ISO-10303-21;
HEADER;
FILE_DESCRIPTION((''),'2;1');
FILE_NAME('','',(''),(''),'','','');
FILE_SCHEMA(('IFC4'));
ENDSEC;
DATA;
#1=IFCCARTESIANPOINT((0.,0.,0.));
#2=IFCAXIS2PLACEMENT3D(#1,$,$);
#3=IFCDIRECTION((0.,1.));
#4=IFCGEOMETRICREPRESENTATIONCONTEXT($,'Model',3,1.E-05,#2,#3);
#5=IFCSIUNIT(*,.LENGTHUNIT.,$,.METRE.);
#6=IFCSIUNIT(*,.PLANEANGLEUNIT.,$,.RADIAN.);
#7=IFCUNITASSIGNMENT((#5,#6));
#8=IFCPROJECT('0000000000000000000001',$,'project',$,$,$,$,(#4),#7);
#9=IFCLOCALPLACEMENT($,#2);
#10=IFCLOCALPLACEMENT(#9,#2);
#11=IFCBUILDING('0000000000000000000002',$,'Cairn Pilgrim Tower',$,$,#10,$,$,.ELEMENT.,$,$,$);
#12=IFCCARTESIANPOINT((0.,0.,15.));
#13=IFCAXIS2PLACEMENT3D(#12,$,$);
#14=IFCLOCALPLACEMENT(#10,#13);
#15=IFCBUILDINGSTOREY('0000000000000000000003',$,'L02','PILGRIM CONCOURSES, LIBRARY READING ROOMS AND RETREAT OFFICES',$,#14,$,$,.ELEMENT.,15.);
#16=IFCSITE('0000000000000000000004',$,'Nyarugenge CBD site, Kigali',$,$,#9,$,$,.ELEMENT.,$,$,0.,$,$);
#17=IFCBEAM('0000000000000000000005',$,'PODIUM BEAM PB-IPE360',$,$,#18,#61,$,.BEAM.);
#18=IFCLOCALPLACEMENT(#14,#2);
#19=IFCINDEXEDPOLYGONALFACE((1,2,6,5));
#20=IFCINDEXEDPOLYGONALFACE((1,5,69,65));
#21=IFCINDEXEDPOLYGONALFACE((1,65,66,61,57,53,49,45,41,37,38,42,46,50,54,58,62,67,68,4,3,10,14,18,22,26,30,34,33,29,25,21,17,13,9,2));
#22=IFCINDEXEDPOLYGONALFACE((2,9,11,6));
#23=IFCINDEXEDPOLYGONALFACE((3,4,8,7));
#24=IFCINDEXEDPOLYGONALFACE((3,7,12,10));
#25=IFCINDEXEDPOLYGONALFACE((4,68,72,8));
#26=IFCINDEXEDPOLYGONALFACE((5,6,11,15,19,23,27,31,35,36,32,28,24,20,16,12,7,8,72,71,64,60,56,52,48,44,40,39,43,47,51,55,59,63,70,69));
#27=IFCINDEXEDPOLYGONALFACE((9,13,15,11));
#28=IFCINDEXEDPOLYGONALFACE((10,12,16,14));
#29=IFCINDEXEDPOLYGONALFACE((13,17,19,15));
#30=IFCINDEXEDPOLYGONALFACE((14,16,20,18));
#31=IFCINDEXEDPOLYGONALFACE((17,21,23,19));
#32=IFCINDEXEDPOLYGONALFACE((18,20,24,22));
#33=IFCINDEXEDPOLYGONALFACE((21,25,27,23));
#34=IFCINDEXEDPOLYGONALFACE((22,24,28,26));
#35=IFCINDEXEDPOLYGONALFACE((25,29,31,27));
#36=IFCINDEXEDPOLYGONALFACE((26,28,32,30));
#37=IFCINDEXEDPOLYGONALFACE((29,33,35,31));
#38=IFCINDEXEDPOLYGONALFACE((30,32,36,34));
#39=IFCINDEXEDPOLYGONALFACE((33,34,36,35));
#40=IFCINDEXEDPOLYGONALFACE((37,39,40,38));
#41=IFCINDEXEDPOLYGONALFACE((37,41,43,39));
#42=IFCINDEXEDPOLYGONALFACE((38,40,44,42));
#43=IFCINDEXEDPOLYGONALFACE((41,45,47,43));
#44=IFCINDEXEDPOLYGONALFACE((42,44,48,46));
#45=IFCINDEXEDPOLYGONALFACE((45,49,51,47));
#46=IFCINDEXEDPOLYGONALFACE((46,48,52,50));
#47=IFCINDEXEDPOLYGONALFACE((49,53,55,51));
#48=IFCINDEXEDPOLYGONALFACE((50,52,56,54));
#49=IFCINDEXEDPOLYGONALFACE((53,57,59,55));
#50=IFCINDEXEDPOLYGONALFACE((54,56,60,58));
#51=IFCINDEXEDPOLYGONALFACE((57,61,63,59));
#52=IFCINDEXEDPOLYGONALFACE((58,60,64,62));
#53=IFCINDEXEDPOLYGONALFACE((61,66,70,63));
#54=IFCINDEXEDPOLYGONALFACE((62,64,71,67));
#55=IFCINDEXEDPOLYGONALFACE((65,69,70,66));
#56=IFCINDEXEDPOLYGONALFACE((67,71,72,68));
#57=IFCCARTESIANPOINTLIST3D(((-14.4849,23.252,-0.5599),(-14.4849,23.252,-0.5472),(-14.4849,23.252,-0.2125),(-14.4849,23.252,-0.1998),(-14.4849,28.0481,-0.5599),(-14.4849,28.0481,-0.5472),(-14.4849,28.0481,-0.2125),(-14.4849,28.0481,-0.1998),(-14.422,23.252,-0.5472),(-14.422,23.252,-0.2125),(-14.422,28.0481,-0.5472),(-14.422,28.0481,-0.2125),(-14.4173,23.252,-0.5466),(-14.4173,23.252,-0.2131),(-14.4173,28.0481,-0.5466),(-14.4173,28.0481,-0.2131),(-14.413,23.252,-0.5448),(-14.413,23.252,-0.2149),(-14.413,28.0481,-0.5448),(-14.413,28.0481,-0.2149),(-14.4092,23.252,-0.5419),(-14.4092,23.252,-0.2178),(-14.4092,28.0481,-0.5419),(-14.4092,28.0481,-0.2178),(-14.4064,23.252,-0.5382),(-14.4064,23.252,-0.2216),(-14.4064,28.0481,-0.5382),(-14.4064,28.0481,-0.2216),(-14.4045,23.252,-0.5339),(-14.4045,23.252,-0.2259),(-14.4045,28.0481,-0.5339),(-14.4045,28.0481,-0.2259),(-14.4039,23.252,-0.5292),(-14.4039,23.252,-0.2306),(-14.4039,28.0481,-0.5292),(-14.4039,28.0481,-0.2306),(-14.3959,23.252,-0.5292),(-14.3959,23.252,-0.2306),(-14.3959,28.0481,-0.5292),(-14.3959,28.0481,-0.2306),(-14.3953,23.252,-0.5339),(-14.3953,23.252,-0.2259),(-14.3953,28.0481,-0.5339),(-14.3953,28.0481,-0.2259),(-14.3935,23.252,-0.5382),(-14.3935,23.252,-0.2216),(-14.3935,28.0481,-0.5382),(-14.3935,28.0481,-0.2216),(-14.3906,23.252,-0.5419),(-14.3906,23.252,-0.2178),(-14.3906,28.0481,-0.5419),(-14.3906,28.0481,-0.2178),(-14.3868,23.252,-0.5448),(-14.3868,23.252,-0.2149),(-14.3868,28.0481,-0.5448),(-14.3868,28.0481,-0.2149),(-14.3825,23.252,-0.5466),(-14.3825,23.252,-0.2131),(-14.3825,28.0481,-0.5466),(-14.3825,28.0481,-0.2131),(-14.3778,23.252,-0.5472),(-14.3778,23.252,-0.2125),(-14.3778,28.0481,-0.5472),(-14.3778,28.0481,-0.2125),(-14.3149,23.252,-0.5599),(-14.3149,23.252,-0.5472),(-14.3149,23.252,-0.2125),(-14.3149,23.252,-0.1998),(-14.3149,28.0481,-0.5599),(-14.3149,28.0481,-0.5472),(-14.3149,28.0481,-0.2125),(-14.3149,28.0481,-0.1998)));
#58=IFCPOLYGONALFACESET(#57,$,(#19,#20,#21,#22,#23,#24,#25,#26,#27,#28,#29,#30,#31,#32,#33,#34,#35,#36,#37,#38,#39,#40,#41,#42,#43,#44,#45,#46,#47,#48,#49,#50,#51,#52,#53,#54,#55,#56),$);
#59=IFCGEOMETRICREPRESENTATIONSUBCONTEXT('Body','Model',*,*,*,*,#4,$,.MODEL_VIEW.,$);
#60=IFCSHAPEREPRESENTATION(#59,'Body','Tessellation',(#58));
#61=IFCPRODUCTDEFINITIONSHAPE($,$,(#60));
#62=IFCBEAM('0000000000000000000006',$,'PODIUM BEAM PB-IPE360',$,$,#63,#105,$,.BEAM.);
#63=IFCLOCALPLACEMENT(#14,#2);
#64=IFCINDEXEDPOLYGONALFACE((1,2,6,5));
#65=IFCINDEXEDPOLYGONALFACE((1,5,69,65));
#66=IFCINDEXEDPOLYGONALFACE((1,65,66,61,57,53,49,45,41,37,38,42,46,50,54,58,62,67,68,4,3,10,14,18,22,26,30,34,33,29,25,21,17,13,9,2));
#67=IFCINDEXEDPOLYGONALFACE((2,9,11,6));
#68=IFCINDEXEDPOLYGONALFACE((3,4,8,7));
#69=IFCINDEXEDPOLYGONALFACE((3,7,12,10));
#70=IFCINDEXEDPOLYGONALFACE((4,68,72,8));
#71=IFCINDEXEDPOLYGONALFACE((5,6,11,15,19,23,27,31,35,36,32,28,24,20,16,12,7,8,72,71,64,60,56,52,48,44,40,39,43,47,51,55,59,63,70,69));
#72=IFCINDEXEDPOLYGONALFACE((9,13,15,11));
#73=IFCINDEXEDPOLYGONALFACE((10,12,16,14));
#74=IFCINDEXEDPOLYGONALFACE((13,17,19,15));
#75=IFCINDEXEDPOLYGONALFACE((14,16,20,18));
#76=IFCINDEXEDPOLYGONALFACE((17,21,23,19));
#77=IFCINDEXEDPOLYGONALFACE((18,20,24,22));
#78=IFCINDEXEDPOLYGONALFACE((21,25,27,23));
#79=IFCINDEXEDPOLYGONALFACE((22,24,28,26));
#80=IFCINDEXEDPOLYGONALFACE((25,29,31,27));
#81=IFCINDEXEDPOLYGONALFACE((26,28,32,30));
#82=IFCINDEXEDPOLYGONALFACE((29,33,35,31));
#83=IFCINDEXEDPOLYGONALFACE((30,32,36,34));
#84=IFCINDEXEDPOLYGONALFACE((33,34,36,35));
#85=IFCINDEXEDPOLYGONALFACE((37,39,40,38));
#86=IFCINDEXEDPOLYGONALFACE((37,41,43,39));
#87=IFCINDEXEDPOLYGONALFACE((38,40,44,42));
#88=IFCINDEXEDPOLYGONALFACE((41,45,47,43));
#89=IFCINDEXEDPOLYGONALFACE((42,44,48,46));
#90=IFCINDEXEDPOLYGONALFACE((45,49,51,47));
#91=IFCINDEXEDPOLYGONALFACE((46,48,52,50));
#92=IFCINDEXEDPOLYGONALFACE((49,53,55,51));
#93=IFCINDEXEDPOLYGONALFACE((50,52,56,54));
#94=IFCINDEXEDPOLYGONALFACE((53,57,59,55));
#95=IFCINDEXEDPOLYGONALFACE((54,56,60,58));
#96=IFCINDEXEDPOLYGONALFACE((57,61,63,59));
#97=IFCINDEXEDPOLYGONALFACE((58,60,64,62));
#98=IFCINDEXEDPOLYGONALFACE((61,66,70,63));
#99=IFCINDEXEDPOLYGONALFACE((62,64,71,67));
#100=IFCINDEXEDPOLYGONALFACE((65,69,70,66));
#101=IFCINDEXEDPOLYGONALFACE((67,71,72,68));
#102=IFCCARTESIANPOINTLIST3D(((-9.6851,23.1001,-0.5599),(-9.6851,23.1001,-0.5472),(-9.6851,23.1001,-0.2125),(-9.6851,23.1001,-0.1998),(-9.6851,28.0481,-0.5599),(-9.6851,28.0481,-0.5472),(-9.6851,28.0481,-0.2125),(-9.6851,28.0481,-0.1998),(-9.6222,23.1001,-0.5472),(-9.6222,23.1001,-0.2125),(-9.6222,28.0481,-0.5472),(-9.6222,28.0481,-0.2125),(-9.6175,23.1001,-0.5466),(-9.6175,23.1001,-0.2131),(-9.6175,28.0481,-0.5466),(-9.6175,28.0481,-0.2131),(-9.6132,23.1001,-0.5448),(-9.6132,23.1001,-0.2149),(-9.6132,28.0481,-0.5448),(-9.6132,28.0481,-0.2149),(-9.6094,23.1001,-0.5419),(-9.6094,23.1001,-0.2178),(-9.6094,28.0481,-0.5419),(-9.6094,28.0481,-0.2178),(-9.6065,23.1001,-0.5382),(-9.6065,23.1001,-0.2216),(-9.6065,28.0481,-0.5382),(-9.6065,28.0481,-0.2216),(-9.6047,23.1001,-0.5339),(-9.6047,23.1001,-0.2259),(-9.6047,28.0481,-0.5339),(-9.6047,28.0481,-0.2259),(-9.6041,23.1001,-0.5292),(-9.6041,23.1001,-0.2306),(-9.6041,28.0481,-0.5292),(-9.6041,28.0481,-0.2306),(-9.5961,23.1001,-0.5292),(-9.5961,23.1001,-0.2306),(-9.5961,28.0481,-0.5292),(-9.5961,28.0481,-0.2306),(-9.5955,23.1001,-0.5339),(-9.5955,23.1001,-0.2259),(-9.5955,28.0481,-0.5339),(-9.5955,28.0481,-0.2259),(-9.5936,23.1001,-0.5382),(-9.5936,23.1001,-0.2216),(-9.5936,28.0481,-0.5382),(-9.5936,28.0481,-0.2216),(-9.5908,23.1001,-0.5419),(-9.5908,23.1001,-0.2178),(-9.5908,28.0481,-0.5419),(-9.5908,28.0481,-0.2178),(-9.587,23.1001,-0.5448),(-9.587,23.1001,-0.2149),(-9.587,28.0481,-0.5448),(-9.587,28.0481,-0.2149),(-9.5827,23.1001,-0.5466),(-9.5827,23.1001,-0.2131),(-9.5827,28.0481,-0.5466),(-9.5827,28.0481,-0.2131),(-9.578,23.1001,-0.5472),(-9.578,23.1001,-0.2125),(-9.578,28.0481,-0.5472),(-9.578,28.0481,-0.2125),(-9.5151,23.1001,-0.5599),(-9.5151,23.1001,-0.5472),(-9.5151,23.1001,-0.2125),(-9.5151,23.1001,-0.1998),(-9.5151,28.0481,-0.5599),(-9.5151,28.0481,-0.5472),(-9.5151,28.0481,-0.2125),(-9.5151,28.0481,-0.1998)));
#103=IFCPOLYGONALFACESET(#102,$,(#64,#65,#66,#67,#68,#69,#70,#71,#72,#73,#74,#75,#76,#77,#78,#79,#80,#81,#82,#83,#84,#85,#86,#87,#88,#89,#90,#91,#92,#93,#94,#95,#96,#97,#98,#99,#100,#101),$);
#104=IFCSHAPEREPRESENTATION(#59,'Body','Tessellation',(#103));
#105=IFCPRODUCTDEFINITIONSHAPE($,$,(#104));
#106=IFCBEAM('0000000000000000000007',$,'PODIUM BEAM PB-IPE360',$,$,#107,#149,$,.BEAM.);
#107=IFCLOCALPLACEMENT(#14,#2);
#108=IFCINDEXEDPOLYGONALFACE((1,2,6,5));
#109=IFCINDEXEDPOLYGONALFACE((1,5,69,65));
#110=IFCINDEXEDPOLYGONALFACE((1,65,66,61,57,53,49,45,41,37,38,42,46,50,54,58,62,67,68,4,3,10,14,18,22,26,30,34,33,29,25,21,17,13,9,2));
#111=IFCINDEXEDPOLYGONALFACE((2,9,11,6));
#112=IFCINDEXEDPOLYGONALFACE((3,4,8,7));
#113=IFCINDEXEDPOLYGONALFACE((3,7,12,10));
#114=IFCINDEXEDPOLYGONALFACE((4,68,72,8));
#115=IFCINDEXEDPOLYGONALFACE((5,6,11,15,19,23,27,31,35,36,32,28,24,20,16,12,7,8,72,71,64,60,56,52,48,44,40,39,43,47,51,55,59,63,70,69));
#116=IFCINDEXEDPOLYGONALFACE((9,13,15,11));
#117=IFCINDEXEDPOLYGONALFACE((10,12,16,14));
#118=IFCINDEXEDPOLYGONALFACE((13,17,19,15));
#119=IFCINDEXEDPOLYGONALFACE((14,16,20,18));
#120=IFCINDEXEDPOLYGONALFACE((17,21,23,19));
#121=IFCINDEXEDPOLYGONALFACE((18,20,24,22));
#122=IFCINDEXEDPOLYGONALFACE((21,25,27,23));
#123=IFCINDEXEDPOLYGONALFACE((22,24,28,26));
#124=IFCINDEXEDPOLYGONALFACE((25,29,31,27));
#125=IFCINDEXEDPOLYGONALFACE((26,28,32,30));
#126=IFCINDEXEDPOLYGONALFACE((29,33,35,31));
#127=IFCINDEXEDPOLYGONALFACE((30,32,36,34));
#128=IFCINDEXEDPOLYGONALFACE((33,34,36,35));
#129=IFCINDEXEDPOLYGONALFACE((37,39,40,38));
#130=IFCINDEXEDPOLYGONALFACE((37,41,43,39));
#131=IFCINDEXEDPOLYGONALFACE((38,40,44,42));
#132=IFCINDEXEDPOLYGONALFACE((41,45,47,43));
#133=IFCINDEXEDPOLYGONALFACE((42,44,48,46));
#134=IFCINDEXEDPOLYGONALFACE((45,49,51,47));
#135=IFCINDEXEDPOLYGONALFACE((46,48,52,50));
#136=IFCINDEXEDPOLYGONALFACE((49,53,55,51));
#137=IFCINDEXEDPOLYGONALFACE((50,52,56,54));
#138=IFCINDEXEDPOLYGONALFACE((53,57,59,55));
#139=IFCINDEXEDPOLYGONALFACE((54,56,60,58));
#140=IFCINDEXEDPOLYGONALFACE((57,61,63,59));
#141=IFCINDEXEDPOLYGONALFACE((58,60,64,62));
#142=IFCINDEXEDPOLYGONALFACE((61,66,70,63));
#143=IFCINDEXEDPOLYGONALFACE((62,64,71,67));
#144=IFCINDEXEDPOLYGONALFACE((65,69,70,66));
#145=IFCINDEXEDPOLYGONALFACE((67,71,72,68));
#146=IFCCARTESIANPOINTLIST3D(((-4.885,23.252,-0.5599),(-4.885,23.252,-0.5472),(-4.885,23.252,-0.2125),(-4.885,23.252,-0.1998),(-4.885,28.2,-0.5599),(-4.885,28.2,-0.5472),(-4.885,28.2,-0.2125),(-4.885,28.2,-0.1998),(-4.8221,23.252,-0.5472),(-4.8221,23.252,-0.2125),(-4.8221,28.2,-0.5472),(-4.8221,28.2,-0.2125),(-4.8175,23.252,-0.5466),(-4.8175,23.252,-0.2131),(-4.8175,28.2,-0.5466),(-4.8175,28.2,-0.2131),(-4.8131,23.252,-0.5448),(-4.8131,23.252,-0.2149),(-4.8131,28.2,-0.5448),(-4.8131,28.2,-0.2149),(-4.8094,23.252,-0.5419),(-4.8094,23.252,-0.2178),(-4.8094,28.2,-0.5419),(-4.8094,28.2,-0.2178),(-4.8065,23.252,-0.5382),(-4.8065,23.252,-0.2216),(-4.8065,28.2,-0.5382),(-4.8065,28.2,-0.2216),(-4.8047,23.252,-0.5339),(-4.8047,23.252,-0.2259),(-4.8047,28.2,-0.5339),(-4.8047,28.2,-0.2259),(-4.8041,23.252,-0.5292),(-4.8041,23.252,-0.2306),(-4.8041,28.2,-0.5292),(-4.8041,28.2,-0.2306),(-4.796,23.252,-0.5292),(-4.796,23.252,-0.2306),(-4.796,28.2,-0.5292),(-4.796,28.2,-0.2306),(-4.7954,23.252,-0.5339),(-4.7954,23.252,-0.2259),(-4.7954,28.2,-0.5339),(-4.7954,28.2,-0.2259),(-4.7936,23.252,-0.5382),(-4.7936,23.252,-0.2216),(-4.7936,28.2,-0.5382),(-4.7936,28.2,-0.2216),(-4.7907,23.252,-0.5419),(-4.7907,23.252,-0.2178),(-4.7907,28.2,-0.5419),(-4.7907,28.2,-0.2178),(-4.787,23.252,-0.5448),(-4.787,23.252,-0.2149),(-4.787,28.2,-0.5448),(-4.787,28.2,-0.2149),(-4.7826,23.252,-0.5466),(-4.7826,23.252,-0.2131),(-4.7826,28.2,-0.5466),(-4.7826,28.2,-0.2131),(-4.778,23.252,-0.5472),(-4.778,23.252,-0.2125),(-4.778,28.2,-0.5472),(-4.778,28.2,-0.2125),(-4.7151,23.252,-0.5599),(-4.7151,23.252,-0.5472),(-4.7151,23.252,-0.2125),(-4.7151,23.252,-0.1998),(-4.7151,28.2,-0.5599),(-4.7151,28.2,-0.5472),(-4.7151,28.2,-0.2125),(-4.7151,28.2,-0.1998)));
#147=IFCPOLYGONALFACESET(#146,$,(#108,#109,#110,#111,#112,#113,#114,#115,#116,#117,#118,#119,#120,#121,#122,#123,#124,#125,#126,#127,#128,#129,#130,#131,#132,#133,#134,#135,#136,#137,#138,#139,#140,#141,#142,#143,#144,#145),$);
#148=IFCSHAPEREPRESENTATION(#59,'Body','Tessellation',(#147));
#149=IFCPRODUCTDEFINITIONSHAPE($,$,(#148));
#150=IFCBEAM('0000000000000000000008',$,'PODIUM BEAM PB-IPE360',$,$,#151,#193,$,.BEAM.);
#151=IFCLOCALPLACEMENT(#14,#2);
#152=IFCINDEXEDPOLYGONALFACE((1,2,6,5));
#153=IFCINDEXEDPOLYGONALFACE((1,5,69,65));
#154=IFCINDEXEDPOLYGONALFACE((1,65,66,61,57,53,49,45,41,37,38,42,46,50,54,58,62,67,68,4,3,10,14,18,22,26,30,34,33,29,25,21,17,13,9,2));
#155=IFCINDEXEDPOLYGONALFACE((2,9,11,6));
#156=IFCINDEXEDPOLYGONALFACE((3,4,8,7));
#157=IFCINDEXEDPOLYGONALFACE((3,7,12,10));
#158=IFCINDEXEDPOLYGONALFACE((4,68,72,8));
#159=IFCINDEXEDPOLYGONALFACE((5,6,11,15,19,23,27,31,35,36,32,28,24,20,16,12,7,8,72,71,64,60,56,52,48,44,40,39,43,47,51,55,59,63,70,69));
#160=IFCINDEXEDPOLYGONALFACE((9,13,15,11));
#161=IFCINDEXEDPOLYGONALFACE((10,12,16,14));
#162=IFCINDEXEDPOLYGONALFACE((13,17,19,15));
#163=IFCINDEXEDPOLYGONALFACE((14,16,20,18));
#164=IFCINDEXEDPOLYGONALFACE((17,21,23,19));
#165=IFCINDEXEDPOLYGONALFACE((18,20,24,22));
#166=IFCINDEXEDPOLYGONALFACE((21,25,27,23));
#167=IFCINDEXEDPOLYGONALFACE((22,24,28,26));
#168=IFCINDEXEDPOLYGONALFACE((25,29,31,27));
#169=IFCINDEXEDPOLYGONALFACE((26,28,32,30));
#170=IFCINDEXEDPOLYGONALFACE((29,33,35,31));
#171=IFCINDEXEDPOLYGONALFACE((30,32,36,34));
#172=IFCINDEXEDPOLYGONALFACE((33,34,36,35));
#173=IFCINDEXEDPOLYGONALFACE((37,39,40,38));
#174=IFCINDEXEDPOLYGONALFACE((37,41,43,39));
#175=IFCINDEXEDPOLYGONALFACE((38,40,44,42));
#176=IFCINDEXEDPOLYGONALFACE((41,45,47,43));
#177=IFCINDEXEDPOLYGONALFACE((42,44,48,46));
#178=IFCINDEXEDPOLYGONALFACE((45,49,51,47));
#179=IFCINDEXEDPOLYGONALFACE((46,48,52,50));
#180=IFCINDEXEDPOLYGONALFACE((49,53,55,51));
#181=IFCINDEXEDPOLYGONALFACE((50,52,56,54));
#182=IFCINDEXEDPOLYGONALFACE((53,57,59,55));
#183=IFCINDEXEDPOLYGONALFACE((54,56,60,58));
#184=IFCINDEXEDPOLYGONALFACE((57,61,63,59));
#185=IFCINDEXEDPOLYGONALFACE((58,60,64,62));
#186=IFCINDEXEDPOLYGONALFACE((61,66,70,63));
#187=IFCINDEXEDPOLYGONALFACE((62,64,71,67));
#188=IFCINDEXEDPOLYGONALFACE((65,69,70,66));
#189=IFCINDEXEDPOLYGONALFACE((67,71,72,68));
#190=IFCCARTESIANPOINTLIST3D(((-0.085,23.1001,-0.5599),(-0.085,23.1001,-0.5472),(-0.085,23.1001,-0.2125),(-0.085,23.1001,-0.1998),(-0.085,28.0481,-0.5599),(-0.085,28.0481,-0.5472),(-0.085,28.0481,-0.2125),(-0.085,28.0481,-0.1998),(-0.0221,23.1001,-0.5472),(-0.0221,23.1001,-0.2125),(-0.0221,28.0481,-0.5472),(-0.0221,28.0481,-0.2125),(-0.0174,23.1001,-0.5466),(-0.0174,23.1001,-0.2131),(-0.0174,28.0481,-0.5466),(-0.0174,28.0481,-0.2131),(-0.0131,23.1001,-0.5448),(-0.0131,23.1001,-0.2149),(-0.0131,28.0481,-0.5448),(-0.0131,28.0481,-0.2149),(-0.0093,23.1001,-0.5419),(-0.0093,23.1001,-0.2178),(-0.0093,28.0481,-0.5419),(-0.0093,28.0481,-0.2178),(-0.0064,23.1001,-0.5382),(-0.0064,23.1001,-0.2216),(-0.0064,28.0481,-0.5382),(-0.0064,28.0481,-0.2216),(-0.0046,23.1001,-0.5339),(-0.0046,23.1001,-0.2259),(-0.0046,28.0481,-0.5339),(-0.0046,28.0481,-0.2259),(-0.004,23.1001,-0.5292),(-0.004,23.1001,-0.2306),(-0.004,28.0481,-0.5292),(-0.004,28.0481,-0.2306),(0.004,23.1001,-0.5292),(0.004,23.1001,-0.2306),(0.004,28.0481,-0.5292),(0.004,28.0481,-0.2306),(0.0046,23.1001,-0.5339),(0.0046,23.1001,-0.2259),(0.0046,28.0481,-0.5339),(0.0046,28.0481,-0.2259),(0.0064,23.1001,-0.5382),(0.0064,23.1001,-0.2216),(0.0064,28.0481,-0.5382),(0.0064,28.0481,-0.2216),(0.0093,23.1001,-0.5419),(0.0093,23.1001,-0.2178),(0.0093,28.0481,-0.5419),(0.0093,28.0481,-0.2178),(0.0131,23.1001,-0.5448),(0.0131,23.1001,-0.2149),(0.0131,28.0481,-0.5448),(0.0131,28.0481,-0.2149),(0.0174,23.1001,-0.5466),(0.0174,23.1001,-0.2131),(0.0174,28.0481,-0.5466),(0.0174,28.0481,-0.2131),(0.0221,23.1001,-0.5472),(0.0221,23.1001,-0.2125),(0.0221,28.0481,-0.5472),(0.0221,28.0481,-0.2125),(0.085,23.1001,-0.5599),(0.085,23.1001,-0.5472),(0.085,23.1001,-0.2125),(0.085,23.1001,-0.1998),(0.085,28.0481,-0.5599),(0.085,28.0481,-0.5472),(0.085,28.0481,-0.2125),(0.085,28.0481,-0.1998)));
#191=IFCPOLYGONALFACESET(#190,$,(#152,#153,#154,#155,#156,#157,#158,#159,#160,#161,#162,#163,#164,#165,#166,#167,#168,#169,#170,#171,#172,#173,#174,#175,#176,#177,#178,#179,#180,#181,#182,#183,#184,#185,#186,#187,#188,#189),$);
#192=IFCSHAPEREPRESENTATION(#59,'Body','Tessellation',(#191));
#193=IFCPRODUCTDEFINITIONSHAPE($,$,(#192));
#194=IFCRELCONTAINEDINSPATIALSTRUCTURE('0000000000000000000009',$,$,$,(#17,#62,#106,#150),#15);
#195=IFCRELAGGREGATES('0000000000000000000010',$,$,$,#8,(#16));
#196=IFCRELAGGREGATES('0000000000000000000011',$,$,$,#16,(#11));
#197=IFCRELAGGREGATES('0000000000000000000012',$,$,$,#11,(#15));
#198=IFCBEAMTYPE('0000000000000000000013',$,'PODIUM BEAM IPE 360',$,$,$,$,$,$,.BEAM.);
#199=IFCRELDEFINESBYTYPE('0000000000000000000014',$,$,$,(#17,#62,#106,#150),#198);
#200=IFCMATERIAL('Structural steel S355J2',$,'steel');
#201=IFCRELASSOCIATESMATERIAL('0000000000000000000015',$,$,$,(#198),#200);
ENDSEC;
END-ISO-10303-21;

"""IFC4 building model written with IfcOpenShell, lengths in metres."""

from ifc_helpers import new_model, si_unit, direction, frame, origin, origin_2d, place, context, subcontext, project, spatial, i_section, extrude, material, material_profile, profile_set, type_object, element, save


model = new_model("IFC4")

# Units and contexts
model_context = context("Model", 3, precision=1e-05, world=origin(), true_north=direction((0.0, 1.0)))
body_context = subcontext(model_context, "Body", "Model", "MODEL_VIEW")
ifc_project = project(units=[si_unit("LENGTHUNIT", "METRE"), si_unit("PLANEANGLEUNIT", "RADIAN")], contexts=[model_context])

# Site, building, storey
site_placement = place(None, origin())
site = spatial("IfcSite", under=ifc_project, at=site_placement, Name="Nyarugenge CBD site, Kigali", CompositionType="ELEMENT", RefElevation=0.0)
building_placement = place(site_placement, origin())
building = spatial("IfcBuilding", under=site, at=building_placement, Name="Cairn Pilgrim Tower", CompositionType="ELEMENT")
storey_placement = place(building_placement, frame((0.0, 0.0, 15.0)))
storey = spatial("IfcBuildingStorey", under=building, at=storey_placement, Name="L02", Description="PILGRIM CONCOURSES, LIBRARY READING ROOMS AND RETREAT OFFICES", CompositionType="ELEMENT", Elevation=15.0)

# Beams
ifc_material_1 = material(Name="Structural steel S355J2", Category="steel")
ifc_material_profile_1 = material_profile(ifc_material_1, i_section(OverallWidth=0.1699, OverallDepth=0.3601, WebThickness=0.0081, FlangeThickness=0.0127, FilletRadius=0.0181, at=origin_2d()), Name="IPE 360")
ifc_profile_set_1 = profile_set([ifc_material_profile_1], Name="Structural steel S355J2")
beam_type_1 = type_object("IfcBeamType", Name="PODIUM BEAM IPE 360", PredefinedType="BEAM", material=ifc_profile_set_1)
beam_1_placement = place(storey_placement, frame((-14.3999, 23.252, -0.3799), z_axis=(0.0, 1.0, 0.0), x_axis=(-1.0, 0.0, 0.0)))
element("IfcBeam", 1, at=beam_1_placement, inside=storey, type_object=beam_type_1, Name="PODIUM BEAM PB-IPE360", PredefinedType="BEAM", context=body_context, shape_type="SweptSolid", body=[
    extrude(i_section(OverallWidth=0.1699, OverallDepth=0.3601, WebThickness=0.0081, FlangeThickness=0.0127, FilletRadius=0.0181, at=origin_2d()), origin(), (0.0, 0.0, 1.0), 4.7961),
])
for number, where, z_axis, x_axis, name in (
    (2, (-9.6001, 23.1001, -0.3799), (0.0, 1.0, 0.0), (-1.0, 0.0, 0.0), "PODIUM BEAM PB-IPE360"),
    (3, (-4.8, 23.252, -0.3799), (0.0, 1.0, 0.0), (-1.0, 0.0, 0.0), "PODIUM BEAM PB-IPE360"),
    (4, (0.0, 23.1001, -0.3799), (0.0, 1.0, 0.0), (-1.0, 0.0, 0.0), "PODIUM BEAM PB-IPE360"),
):
    element("IfcBeam", number, at=place(storey_placement, frame(where, z_axis=z_axis, x_axis=x_axis)), inside=storey, type_object=beam_type_1, Name=name, PredefinedType="BEAM", context=body_context, shape_type="SweptSolid", body=[
        extrude(i_section(OverallWidth=0.1699, OverallDepth=0.3601, WebThickness=0.0081, FlangeThickness=0.0127, FilletRadius=0.0181, at=origin_2d()), origin(), (0.0, 0.0, 1.0), 4.948),
    ])

save(model, "model.ifc")
